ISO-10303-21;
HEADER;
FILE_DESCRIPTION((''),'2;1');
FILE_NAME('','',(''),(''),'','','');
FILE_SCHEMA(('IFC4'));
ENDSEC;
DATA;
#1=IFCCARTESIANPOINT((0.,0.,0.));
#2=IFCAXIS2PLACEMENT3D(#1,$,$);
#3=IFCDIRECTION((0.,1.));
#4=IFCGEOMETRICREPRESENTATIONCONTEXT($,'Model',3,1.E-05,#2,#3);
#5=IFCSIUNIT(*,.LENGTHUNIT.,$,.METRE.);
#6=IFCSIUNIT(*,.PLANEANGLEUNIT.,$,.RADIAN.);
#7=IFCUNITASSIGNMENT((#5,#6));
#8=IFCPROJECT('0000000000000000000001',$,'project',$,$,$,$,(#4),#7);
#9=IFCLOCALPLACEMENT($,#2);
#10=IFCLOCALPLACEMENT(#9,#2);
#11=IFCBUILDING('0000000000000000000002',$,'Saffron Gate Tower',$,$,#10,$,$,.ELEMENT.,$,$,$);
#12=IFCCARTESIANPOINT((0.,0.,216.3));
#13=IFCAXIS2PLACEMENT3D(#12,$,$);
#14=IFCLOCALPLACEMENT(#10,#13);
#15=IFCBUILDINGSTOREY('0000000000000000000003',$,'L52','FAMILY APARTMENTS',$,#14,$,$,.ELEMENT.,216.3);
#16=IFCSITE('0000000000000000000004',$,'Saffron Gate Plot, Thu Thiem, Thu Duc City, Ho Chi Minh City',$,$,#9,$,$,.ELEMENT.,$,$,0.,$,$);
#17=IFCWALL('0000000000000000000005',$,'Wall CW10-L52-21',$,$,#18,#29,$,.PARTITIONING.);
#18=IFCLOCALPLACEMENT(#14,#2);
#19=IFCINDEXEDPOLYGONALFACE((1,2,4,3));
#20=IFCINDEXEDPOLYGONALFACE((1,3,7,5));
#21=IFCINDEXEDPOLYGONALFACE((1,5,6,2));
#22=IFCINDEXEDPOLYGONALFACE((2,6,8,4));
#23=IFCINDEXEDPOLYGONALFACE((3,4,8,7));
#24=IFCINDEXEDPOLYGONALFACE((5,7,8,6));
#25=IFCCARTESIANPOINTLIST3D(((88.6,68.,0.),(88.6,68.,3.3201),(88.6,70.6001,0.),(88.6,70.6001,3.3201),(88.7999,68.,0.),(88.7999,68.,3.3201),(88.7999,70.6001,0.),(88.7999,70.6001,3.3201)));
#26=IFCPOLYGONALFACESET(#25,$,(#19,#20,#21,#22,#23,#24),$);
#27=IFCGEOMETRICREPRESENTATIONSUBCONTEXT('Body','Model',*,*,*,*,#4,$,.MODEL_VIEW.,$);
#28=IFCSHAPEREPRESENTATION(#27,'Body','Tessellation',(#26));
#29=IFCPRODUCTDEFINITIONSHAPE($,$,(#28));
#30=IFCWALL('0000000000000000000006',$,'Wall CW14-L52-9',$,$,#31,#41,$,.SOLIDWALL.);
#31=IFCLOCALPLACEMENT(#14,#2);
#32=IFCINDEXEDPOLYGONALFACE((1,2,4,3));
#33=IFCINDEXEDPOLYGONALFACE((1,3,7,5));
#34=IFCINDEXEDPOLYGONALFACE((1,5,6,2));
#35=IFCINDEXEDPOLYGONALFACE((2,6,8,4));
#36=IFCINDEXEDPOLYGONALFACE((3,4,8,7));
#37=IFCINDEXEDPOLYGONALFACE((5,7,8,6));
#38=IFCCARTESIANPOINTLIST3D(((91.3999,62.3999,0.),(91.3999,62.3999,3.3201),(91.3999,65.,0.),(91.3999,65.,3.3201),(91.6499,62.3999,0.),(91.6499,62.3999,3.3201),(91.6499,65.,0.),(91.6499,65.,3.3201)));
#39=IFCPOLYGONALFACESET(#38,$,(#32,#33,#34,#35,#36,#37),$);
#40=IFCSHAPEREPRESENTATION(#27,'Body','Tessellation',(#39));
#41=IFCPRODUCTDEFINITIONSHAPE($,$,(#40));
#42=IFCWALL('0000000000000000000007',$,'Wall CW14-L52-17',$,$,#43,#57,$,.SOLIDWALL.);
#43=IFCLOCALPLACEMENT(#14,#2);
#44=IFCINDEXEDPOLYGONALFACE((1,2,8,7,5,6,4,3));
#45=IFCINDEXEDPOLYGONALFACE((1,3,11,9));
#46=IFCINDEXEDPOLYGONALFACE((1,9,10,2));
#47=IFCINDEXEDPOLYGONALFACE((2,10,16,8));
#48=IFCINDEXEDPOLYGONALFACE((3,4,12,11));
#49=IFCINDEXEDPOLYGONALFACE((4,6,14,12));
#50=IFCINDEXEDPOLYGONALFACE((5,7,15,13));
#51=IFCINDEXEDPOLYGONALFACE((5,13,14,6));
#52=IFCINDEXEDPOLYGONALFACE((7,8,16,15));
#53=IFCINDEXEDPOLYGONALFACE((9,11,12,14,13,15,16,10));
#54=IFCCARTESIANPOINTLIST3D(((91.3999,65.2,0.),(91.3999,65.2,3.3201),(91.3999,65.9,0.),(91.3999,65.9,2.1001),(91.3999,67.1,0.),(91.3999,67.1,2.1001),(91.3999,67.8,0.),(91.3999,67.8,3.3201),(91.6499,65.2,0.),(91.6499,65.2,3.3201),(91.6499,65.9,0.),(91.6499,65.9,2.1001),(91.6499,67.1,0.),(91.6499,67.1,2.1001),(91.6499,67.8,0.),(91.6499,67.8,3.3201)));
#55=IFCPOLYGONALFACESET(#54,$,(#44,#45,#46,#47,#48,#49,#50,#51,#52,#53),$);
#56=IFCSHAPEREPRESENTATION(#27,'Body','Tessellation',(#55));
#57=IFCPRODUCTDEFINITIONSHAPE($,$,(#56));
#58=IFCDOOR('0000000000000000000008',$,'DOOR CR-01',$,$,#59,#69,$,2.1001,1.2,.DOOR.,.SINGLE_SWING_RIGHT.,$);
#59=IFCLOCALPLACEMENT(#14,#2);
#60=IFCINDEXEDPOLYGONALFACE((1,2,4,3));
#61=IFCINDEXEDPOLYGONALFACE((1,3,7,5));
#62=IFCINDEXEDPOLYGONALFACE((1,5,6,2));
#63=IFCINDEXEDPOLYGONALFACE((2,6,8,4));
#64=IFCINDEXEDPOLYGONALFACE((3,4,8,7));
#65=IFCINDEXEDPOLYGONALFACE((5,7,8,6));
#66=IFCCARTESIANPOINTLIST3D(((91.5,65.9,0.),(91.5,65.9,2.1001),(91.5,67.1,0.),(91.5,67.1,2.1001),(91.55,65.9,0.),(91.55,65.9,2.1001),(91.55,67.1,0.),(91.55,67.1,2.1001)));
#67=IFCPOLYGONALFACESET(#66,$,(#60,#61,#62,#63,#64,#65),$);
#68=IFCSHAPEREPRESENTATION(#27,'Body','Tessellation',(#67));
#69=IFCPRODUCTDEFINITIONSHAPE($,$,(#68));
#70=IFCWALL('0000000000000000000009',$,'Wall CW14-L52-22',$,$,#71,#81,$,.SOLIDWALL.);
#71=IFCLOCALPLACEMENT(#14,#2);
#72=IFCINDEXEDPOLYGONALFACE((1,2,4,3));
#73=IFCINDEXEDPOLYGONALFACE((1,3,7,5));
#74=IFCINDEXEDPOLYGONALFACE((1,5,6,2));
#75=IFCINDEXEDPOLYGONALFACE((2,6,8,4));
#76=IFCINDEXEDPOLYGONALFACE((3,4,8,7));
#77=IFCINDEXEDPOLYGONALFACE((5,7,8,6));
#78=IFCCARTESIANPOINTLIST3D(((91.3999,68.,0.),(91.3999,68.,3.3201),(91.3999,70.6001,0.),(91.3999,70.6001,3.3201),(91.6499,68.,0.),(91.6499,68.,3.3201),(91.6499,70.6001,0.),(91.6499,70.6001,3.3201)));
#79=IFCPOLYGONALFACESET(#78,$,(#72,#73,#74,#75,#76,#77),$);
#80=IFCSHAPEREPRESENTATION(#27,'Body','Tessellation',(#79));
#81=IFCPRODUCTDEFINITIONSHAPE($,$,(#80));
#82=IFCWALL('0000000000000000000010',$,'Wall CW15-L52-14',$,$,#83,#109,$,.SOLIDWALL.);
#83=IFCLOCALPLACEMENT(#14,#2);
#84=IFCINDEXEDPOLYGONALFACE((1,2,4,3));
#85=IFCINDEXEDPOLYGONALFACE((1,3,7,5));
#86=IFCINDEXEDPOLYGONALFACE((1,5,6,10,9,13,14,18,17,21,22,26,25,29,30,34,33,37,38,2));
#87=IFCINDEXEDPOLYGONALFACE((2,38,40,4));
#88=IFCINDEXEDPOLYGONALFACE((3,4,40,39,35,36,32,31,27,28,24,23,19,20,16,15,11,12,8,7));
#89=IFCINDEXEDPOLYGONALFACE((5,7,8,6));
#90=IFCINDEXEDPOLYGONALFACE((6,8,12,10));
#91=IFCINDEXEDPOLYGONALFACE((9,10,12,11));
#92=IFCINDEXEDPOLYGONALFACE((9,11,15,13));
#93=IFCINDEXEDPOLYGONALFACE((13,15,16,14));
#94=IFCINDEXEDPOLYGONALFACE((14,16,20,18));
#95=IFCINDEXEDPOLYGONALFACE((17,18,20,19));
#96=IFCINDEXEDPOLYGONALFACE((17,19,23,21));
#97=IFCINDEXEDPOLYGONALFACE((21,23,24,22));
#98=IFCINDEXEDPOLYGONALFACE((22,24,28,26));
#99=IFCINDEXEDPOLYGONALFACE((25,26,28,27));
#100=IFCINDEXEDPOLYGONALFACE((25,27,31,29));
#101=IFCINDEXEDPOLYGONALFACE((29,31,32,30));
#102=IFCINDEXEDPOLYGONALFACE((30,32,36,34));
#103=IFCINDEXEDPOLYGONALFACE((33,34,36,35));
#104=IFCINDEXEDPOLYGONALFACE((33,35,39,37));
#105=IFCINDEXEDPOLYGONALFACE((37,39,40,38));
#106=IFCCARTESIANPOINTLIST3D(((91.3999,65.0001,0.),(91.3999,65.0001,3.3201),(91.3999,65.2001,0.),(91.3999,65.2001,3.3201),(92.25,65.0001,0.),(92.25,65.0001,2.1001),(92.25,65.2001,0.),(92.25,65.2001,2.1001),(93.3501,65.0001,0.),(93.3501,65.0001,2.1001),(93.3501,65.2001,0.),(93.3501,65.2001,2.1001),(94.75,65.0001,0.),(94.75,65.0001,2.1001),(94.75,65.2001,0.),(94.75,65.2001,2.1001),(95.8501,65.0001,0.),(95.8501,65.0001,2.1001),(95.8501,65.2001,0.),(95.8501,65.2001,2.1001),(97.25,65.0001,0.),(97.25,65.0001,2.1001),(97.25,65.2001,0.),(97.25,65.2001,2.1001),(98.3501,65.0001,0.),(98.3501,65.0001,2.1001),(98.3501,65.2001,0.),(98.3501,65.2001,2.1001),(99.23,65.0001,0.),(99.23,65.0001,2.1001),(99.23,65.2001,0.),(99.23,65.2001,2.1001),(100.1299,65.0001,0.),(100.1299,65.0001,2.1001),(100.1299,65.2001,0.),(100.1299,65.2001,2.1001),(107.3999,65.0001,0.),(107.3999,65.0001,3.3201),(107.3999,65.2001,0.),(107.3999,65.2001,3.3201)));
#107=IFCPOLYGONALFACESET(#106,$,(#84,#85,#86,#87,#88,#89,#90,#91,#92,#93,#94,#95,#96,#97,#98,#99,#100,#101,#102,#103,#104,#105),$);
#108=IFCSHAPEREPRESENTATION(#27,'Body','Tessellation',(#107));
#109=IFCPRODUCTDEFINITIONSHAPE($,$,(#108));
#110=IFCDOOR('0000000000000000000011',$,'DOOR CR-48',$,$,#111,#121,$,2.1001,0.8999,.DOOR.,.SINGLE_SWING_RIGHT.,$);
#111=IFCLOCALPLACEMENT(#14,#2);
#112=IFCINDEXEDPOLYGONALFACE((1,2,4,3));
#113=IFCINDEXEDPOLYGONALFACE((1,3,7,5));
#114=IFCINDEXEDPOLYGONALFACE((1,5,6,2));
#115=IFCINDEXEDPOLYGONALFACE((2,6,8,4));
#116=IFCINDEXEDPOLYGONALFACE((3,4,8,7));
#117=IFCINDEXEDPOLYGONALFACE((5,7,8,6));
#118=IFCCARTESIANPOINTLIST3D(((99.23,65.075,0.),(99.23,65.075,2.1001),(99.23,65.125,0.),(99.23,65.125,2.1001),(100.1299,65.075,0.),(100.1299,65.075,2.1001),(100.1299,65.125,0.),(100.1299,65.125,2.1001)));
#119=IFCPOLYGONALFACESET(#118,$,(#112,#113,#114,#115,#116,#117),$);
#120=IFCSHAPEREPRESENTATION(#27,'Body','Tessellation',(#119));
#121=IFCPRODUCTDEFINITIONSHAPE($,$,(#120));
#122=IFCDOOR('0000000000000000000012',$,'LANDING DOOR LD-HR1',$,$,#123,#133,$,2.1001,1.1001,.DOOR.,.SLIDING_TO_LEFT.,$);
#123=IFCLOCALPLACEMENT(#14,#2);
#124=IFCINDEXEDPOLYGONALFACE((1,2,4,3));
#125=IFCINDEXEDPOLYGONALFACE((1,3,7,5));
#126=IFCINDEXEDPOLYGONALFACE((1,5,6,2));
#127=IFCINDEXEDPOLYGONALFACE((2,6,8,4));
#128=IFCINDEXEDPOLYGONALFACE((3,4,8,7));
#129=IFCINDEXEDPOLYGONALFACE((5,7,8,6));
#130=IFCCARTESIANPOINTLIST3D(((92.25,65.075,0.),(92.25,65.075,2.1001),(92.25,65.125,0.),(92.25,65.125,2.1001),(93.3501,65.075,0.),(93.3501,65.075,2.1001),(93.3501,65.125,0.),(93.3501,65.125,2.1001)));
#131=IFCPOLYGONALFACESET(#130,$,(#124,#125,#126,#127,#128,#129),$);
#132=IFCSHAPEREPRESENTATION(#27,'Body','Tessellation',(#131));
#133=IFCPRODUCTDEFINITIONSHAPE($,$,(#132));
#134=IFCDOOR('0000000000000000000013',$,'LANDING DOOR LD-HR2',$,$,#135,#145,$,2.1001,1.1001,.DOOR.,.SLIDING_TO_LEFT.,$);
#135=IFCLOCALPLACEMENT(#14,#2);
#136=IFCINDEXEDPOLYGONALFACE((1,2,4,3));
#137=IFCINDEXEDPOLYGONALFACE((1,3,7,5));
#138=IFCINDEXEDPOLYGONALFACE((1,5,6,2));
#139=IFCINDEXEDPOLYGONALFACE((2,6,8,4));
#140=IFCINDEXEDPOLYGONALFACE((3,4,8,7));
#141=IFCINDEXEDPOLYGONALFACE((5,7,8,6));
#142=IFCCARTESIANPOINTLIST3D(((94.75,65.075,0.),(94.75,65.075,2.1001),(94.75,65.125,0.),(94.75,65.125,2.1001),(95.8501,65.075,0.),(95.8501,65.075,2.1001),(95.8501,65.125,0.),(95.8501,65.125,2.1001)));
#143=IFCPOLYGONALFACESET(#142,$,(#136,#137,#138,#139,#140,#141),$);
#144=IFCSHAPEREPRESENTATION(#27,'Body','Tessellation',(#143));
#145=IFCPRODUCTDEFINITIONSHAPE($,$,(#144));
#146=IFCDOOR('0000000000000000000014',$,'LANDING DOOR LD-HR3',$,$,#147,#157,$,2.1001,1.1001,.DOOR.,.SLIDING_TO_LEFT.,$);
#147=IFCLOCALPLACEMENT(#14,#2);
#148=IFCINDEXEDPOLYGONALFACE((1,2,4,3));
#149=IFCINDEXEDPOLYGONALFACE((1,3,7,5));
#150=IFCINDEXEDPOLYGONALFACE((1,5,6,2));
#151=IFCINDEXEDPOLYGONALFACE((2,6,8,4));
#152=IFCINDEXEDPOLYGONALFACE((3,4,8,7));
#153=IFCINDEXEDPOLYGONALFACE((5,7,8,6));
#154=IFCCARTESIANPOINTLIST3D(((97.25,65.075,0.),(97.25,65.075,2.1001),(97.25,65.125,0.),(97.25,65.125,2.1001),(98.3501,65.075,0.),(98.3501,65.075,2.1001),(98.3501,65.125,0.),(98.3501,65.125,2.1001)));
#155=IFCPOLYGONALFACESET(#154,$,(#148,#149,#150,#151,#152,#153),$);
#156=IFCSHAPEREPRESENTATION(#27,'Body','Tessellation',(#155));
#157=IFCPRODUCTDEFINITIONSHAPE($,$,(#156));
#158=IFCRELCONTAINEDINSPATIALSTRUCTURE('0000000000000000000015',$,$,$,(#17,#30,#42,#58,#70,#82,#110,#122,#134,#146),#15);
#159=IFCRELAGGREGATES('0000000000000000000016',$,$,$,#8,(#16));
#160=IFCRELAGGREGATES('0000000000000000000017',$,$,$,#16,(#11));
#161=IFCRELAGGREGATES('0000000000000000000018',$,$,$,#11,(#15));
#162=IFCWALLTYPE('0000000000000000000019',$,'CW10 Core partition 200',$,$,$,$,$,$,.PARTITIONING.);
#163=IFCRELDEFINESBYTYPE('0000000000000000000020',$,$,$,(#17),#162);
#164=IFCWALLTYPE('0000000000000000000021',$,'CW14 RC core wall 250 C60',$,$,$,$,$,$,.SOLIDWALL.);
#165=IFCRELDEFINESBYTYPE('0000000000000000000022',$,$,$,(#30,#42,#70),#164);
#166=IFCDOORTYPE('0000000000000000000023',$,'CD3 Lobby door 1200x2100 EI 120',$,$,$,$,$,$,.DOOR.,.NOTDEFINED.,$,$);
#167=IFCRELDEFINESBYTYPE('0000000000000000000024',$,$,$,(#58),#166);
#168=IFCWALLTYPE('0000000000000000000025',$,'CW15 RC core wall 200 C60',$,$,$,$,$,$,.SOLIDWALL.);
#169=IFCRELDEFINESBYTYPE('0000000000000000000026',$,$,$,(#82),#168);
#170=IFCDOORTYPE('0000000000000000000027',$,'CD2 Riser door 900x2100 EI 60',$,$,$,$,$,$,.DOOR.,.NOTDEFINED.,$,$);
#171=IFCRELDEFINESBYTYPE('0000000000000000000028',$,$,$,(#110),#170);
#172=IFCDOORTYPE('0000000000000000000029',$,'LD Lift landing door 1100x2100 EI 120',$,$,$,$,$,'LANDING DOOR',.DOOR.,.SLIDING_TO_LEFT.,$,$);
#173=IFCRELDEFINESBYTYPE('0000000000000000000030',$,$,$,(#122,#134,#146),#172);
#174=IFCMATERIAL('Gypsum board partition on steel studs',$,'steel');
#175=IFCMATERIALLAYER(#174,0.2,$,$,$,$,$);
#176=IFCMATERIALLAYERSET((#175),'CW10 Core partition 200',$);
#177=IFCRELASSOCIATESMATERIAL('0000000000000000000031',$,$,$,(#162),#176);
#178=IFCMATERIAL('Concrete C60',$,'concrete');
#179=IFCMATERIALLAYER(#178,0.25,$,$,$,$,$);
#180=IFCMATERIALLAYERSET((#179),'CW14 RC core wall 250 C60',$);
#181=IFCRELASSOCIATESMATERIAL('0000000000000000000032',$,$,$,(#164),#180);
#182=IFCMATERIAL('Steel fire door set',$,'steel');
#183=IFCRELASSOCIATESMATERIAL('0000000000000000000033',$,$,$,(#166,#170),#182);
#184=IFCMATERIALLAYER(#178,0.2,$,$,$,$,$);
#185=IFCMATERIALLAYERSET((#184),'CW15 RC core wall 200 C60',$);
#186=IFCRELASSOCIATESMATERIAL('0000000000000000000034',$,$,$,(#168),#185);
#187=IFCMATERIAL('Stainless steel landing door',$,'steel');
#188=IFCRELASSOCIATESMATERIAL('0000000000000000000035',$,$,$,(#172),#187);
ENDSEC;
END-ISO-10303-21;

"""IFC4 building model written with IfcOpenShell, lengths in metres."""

from ifc_helpers import new_model, si_unit, direction, frame, frame_2d, origin, place, context, subcontext, project, spatial, rectangle, extrude, material, layer, layer_set, type_object, element, fill, save


model = new_model("IFC4")

# Units and contexts
model_context = context("Model", 3, precision=1e-05, world=origin(), true_north=direction((0.0, 1.0)))
body_context = subcontext(model_context, "Body", "Model", "MODEL_VIEW")
ifc_project = project(units=[si_unit("LENGTHUNIT", "METRE"), si_unit("PLANEANGLEUNIT", "RADIAN")], contexts=[model_context])

# Site, building, storey
site_placement = place(None, origin())
site = spatial("IfcSite", under=ifc_project, at=site_placement, Name="Saffron Gate Plot, Thu Thiem, Thu Duc City, Ho Chi Minh City", CompositionType="ELEMENT", RefElevation=0.0)
building_placement = place(site_placement, origin())
building = spatial("IfcBuilding", under=site, at=building_placement, Name="Saffron Gate Tower", CompositionType="ELEMENT")
storey_placement = place(building_placement, frame((0.0, 0.0, 216.3)))
storey = spatial("IfcBuildingStorey", under=building, at=storey_placement, Name="L52", Description="FAMILY APARTMENTS", CompositionType="ELEMENT", Elevation=216.3)

# Walls
ifc_material_1 = material(Name="Gypsum board partition on steel studs", Category="steel")
ifc_layer_1 = layer(ifc_material_1, 0.2)
ifc_layer_set_1 = layer_set([ifc_layer_1], Name="CW10 Core partition 200")
wall_type_1 = type_object("IfcWallType", Name="CW10 Core partition 200", PredefinedType="PARTITIONING", material=ifc_layer_set_1)
wall_1_placement = place(storey_placement, frame((88.7, 68.0, 0.0), z_axis=(0.0, 0.0, 1.0), x_axis=(0.0, 1.0, 0.0)))
element("IfcWall", 1, at=wall_1_placement, inside=storey, type_object=wall_type_1, Name="Wall CW10-L52-21", PredefinedType="PARTITIONING", context=body_context, shape_type="SweptSolid", body=[
    extrude(rectangle(XDim=2.6001, YDim=0.2, at=frame_2d((1.3, 0.0))), origin(), (0.0, 0.0, 1.0), 3.3201),
])
ifc_material_2 = material(Name="Concrete C60", Category="concrete")
ifc_layer_2 = layer(ifc_material_2, 0.25)
ifc_layer_set_2 = layer_set([ifc_layer_2], Name="CW14 RC core wall 250 C60")
wall_type_2 = type_object("IfcWallType", Name="CW14 RC core wall 250 C60", PredefinedType="SOLIDWALL", material=ifc_layer_set_2)
wall_2_placement = place(storey_placement, frame((91.5249, 62.3999, 0.0), z_axis=(0.0, 0.0, 1.0), x_axis=(0.0, 1.0, 0.0)))
element("IfcWall", 2, at=wall_2_placement, inside=storey, type_object=wall_type_2, Name="Wall CW14-L52-9", PredefinedType="SOLIDWALL", context=body_context, shape_type="SweptSolid", body=[
    extrude(rectangle(XDim=2.6001, YDim=0.25, at=frame_2d((1.3, 0.0))), origin(), (0.0, 0.0, 1.0), 3.3201),
])

# Wall, opening, door
wall_3_placement = place(storey_placement, frame((91.5249, 65.2, 0.0), z_axis=(0.0, 0.0, 1.0), x_axis=(0.0, 1.0, 0.0)))
wall_3 = element("IfcWall", 3, at=wall_3_placement, inside=storey, type_object=wall_type_2, Name="Wall CW14-L52-17", PredefinedType="SOLIDWALL", context=body_context, shape_type="SweptSolid", body=[
    extrude(rectangle(XDim=2.6001, YDim=0.25, at=frame_2d((1.3, 0.0))), origin(), (0.0, 0.0, 1.0), 3.3201),
])
opening_1_placement = place(wall_3_placement, frame((0.7, 0.0, 0.0)))
opening_1 = element("IfcOpeningElement", 4, at=opening_1_placement, cuts=wall_3, PredefinedType="OPENING", context=body_context, shape_type="SweptSolid", body=[
    extrude(rectangle(XDim=1.2, YDim=2.1001, at=frame_2d((0.6001, 1.05))), frame((0.0, 0.135, 0.0), z_axis=(0.0, -1.0, 0.0), x_axis=(1.0, 0.0, 0.0)), (0.0, 0.0, 1.0), 0.27),
])
ifc_material_3 = material(Name="Steel fire door set", Category="steel")
door_type_1 = type_object("IfcDoorType", Name="CD3 Lobby door 1200x2100 EI 120", OperationType="NOTDEFINED", PredefinedType="DOOR", material=ifc_material_3)
door_1_placement = place(opening_1_placement, origin())
door_1 = element("IfcDoor", 5, at=door_1_placement, inside=storey, type_object=door_type_1, Name="DOOR CR-01", OperationType="SINGLE_SWING_RIGHT", OverallHeight=2.1001, OverallWidth=1.2, PredefinedType="DOOR", context=body_context, shape_type="SweptSolid", body=[
    extrude(rectangle(XDim=1.2, YDim=2.1001, at=frame_2d((0.6001, 1.05))), frame((0.0, 0.0249, 0.0), z_axis=(0.0, -1.0, 0.0), x_axis=(1.0, 0.0, 0.0)), (0.0, 0.0, 1.0), 0.05),
])
fill(opening_1, door_1)

# Wall
wall_4_placement = place(storey_placement, frame((91.5249, 68.0, 0.0), z_axis=(0.0, 0.0, 1.0), x_axis=(0.0, 1.0, 0.0)))
element("IfcWall", 6, at=wall_4_placement, inside=storey, type_object=wall_type_2, Name="Wall CW14-L52-22", PredefinedType="SOLIDWALL", context=body_context, shape_type="SweptSolid", body=[
    extrude(rectangle(XDim=2.6001, YDim=0.25, at=frame_2d((1.3, 0.0))), origin(), (0.0, 0.0, 1.0), 3.3201),
])

# Wall, openings, doors
ifc_layer_3 = layer(ifc_material_2, 0.2)
ifc_layer_set_3 = layer_set([ifc_layer_3], Name="CW15 RC core wall 200 C60")
wall_type_3 = type_object("IfcWallType", Name="CW15 RC core wall 200 C60", PredefinedType="SOLIDWALL", material=ifc_layer_set_3)
wall_5_placement = place(storey_placement, frame((91.3999, 65.1001, 0.0), z_axis=(0.0, 0.0, 1.0), x_axis=(1.0, 0.0, 0.0)))
wall_5 = element("IfcWall", 7, at=wall_5_placement, inside=storey, type_object=wall_type_3, Name="Wall CW15-L52-14", PredefinedType="SOLIDWALL", context=body_context, shape_type="SweptSolid", body=[
    extrude(rectangle(XDim=16.0, YDim=0.2, at=frame_2d((8.0, 0.0))), origin(), (0.0, 0.0, 1.0), 3.3201),
])
opening_2_placement = place(wall_5_placement, frame((0.8501, 0.0, 0.0)))
opening_2 = element("IfcOpeningElement", 8, at=opening_2_placement, cuts=wall_5, PredefinedType="OPENING", context=body_context, shape_type="SweptSolid", body=[
    extrude(rectangle(XDim=1.1001, YDim=2.1001, at=frame_2d((0.55, 1.05))), frame((0.0, 0.1099, 0.0), z_axis=(0.0, -1.0, 0.0), x_axis=(1.0, 0.0, 0.0)), (0.0, 0.0, 1.0), 0.22),
])
opening_3_placement = place(wall_5_placement, frame((3.3501, 0.0, 0.0)))
opening_3 = element("IfcOpeningElement", 9, at=opening_3_placement, cuts=wall_5, PredefinedType="OPENING", context=body_context, shape_type="SweptSolid", body=[
    extrude(rectangle(XDim=1.1001, YDim=2.1001, at=frame_2d((0.55, 1.05))), frame((0.0, 0.1099, 0.0), z_axis=(0.0, -1.0, 0.0), x_axis=(1.0, 0.0, 0.0)), (0.0, 0.0, 1.0), 0.22),
])
opening_4_placement = place(wall_5_placement, frame((5.8501, 0.0, 0.0)))
opening_4 = element("IfcOpeningElement", 10, at=opening_4_placement, cuts=wall_5, PredefinedType="OPENING", context=body_context, shape_type="SweptSolid", body=[
    extrude(rectangle(XDim=1.1001, YDim=2.1001, at=frame_2d((0.55, 1.05))), frame((0.0, 0.1099, 0.0), z_axis=(0.0, -1.0, 0.0), x_axis=(1.0, 0.0, 0.0)), (0.0, 0.0, 1.0), 0.22),
])
opening_5_placement = place(wall_5_placement, frame((7.8301, 0.0, 0.0)))
opening_5 = element("IfcOpeningElement", 11, at=opening_5_placement, cuts=wall_5, PredefinedType="OPENING", context=body_context, shape_type="SweptSolid", body=[
    extrude(rectangle(XDim=0.8999, YDim=2.1001, at=frame_2d((0.45, 1.05))), frame((0.0, 0.1099, 0.0), z_axis=(0.0, -1.0, 0.0), x_axis=(1.0, 0.0, 0.0)), (0.0, 0.0, 1.0), 0.22),
])
door_type_2 = type_object("IfcDoorType", Name="CD2 Riser door 900x2100 EI 60", OperationType="NOTDEFINED", PredefinedType="DOOR", material=ifc_material_3)
door_2_placement = place(opening_5_placement, origin())
door_2 = element("IfcDoor", 12, at=door_2_placement, inside=storey, type_object=door_type_2, Name="DOOR CR-48", OperationType="SINGLE_SWING_RIGHT", OverallHeight=2.1001, OverallWidth=0.8999, PredefinedType="DOOR", context=body_context, shape_type="SweptSolid", body=[
    extrude(rectangle(XDim=0.8999, YDim=2.1001, at=frame_2d((0.45, 1.05))), frame((0.0, 0.0249, 0.0), z_axis=(0.0, -1.0, 0.0), x_axis=(1.0, 0.0, 0.0)), (0.0, 0.0, 1.0), 0.05),
])
fill(opening_5, door_2)
ifc_material_4 = material(Name="Stainless steel landing door", Category="steel")
door_type_3 = type_object("IfcDoorType", Name="LD Lift landing door 1100x2100 EI 120", ElementType="LANDING DOOR", OperationType="SLIDING_TO_LEFT", PredefinedType="DOOR", material=ifc_material_4)
door_3_placement = place(opening_2_placement, origin())
door_3 = element("IfcDoor", 13, at=door_3_placement, inside=storey, type_object=door_type_3, Name="LANDING DOOR LD-HR1", OperationType="SLIDING_TO_LEFT", OverallHeight=2.1001, OverallWidth=1.1001, PredefinedType="DOOR", context=body_context, shape_type="SweptSolid", body=[
    extrude(rectangle(XDim=1.1001, YDim=2.1001, at=frame_2d((0.55, 1.05))), frame((0.0, 0.0249, 0.0), z_axis=(0.0, -1.0, 0.0), x_axis=(1.0, 0.0, 0.0)), (0.0, 0.0, 1.0), 0.05),
])
fill(opening_2, door_3)
door_4_placement = place(opening_3_placement, origin())
door_4 = element("IfcDoor", 14, at=door_4_placement, inside=storey, type_object=door_type_3, Name="LANDING DOOR LD-HR2", OperationType="SLIDING_TO_LEFT", OverallHeight=2.1001, OverallWidth=1.1001, PredefinedType="DOOR", context=body_context, shape_type="SweptSolid", body=[
    extrude(rectangle(XDim=1.1001, YDim=2.1001, at=frame_2d((0.55, 1.05))), frame((0.0, 0.0249, 0.0), z_axis=(0.0, -1.0, 0.0), x_axis=(1.0, 0.0, 0.0)), (0.0, 0.0, 1.0), 0.05),
])
fill(opening_3, door_4)
door_5_placement = place(opening_4_placement, origin())
door_5 = element("IfcDoor", 15, at=door_5_placement, inside=storey, type_object=door_type_3, Name="LANDING DOOR LD-HR3", OperationType="SLIDING_TO_LEFT", OverallHeight=2.1001, OverallWidth=1.1001, PredefinedType="DOOR", context=body_context, shape_type="SweptSolid", body=[
    extrude(rectangle(XDim=1.1001, YDim=2.1001, at=frame_2d((0.55, 1.05))), frame((0.0, 0.0249, 0.0), z_axis=(0.0, -1.0, 0.0), x_axis=(1.0, 0.0, 0.0)), (0.0, 0.0, 1.0), 0.05),
])
fill(opening_4, door_5)

save(model, "model.ifc")
